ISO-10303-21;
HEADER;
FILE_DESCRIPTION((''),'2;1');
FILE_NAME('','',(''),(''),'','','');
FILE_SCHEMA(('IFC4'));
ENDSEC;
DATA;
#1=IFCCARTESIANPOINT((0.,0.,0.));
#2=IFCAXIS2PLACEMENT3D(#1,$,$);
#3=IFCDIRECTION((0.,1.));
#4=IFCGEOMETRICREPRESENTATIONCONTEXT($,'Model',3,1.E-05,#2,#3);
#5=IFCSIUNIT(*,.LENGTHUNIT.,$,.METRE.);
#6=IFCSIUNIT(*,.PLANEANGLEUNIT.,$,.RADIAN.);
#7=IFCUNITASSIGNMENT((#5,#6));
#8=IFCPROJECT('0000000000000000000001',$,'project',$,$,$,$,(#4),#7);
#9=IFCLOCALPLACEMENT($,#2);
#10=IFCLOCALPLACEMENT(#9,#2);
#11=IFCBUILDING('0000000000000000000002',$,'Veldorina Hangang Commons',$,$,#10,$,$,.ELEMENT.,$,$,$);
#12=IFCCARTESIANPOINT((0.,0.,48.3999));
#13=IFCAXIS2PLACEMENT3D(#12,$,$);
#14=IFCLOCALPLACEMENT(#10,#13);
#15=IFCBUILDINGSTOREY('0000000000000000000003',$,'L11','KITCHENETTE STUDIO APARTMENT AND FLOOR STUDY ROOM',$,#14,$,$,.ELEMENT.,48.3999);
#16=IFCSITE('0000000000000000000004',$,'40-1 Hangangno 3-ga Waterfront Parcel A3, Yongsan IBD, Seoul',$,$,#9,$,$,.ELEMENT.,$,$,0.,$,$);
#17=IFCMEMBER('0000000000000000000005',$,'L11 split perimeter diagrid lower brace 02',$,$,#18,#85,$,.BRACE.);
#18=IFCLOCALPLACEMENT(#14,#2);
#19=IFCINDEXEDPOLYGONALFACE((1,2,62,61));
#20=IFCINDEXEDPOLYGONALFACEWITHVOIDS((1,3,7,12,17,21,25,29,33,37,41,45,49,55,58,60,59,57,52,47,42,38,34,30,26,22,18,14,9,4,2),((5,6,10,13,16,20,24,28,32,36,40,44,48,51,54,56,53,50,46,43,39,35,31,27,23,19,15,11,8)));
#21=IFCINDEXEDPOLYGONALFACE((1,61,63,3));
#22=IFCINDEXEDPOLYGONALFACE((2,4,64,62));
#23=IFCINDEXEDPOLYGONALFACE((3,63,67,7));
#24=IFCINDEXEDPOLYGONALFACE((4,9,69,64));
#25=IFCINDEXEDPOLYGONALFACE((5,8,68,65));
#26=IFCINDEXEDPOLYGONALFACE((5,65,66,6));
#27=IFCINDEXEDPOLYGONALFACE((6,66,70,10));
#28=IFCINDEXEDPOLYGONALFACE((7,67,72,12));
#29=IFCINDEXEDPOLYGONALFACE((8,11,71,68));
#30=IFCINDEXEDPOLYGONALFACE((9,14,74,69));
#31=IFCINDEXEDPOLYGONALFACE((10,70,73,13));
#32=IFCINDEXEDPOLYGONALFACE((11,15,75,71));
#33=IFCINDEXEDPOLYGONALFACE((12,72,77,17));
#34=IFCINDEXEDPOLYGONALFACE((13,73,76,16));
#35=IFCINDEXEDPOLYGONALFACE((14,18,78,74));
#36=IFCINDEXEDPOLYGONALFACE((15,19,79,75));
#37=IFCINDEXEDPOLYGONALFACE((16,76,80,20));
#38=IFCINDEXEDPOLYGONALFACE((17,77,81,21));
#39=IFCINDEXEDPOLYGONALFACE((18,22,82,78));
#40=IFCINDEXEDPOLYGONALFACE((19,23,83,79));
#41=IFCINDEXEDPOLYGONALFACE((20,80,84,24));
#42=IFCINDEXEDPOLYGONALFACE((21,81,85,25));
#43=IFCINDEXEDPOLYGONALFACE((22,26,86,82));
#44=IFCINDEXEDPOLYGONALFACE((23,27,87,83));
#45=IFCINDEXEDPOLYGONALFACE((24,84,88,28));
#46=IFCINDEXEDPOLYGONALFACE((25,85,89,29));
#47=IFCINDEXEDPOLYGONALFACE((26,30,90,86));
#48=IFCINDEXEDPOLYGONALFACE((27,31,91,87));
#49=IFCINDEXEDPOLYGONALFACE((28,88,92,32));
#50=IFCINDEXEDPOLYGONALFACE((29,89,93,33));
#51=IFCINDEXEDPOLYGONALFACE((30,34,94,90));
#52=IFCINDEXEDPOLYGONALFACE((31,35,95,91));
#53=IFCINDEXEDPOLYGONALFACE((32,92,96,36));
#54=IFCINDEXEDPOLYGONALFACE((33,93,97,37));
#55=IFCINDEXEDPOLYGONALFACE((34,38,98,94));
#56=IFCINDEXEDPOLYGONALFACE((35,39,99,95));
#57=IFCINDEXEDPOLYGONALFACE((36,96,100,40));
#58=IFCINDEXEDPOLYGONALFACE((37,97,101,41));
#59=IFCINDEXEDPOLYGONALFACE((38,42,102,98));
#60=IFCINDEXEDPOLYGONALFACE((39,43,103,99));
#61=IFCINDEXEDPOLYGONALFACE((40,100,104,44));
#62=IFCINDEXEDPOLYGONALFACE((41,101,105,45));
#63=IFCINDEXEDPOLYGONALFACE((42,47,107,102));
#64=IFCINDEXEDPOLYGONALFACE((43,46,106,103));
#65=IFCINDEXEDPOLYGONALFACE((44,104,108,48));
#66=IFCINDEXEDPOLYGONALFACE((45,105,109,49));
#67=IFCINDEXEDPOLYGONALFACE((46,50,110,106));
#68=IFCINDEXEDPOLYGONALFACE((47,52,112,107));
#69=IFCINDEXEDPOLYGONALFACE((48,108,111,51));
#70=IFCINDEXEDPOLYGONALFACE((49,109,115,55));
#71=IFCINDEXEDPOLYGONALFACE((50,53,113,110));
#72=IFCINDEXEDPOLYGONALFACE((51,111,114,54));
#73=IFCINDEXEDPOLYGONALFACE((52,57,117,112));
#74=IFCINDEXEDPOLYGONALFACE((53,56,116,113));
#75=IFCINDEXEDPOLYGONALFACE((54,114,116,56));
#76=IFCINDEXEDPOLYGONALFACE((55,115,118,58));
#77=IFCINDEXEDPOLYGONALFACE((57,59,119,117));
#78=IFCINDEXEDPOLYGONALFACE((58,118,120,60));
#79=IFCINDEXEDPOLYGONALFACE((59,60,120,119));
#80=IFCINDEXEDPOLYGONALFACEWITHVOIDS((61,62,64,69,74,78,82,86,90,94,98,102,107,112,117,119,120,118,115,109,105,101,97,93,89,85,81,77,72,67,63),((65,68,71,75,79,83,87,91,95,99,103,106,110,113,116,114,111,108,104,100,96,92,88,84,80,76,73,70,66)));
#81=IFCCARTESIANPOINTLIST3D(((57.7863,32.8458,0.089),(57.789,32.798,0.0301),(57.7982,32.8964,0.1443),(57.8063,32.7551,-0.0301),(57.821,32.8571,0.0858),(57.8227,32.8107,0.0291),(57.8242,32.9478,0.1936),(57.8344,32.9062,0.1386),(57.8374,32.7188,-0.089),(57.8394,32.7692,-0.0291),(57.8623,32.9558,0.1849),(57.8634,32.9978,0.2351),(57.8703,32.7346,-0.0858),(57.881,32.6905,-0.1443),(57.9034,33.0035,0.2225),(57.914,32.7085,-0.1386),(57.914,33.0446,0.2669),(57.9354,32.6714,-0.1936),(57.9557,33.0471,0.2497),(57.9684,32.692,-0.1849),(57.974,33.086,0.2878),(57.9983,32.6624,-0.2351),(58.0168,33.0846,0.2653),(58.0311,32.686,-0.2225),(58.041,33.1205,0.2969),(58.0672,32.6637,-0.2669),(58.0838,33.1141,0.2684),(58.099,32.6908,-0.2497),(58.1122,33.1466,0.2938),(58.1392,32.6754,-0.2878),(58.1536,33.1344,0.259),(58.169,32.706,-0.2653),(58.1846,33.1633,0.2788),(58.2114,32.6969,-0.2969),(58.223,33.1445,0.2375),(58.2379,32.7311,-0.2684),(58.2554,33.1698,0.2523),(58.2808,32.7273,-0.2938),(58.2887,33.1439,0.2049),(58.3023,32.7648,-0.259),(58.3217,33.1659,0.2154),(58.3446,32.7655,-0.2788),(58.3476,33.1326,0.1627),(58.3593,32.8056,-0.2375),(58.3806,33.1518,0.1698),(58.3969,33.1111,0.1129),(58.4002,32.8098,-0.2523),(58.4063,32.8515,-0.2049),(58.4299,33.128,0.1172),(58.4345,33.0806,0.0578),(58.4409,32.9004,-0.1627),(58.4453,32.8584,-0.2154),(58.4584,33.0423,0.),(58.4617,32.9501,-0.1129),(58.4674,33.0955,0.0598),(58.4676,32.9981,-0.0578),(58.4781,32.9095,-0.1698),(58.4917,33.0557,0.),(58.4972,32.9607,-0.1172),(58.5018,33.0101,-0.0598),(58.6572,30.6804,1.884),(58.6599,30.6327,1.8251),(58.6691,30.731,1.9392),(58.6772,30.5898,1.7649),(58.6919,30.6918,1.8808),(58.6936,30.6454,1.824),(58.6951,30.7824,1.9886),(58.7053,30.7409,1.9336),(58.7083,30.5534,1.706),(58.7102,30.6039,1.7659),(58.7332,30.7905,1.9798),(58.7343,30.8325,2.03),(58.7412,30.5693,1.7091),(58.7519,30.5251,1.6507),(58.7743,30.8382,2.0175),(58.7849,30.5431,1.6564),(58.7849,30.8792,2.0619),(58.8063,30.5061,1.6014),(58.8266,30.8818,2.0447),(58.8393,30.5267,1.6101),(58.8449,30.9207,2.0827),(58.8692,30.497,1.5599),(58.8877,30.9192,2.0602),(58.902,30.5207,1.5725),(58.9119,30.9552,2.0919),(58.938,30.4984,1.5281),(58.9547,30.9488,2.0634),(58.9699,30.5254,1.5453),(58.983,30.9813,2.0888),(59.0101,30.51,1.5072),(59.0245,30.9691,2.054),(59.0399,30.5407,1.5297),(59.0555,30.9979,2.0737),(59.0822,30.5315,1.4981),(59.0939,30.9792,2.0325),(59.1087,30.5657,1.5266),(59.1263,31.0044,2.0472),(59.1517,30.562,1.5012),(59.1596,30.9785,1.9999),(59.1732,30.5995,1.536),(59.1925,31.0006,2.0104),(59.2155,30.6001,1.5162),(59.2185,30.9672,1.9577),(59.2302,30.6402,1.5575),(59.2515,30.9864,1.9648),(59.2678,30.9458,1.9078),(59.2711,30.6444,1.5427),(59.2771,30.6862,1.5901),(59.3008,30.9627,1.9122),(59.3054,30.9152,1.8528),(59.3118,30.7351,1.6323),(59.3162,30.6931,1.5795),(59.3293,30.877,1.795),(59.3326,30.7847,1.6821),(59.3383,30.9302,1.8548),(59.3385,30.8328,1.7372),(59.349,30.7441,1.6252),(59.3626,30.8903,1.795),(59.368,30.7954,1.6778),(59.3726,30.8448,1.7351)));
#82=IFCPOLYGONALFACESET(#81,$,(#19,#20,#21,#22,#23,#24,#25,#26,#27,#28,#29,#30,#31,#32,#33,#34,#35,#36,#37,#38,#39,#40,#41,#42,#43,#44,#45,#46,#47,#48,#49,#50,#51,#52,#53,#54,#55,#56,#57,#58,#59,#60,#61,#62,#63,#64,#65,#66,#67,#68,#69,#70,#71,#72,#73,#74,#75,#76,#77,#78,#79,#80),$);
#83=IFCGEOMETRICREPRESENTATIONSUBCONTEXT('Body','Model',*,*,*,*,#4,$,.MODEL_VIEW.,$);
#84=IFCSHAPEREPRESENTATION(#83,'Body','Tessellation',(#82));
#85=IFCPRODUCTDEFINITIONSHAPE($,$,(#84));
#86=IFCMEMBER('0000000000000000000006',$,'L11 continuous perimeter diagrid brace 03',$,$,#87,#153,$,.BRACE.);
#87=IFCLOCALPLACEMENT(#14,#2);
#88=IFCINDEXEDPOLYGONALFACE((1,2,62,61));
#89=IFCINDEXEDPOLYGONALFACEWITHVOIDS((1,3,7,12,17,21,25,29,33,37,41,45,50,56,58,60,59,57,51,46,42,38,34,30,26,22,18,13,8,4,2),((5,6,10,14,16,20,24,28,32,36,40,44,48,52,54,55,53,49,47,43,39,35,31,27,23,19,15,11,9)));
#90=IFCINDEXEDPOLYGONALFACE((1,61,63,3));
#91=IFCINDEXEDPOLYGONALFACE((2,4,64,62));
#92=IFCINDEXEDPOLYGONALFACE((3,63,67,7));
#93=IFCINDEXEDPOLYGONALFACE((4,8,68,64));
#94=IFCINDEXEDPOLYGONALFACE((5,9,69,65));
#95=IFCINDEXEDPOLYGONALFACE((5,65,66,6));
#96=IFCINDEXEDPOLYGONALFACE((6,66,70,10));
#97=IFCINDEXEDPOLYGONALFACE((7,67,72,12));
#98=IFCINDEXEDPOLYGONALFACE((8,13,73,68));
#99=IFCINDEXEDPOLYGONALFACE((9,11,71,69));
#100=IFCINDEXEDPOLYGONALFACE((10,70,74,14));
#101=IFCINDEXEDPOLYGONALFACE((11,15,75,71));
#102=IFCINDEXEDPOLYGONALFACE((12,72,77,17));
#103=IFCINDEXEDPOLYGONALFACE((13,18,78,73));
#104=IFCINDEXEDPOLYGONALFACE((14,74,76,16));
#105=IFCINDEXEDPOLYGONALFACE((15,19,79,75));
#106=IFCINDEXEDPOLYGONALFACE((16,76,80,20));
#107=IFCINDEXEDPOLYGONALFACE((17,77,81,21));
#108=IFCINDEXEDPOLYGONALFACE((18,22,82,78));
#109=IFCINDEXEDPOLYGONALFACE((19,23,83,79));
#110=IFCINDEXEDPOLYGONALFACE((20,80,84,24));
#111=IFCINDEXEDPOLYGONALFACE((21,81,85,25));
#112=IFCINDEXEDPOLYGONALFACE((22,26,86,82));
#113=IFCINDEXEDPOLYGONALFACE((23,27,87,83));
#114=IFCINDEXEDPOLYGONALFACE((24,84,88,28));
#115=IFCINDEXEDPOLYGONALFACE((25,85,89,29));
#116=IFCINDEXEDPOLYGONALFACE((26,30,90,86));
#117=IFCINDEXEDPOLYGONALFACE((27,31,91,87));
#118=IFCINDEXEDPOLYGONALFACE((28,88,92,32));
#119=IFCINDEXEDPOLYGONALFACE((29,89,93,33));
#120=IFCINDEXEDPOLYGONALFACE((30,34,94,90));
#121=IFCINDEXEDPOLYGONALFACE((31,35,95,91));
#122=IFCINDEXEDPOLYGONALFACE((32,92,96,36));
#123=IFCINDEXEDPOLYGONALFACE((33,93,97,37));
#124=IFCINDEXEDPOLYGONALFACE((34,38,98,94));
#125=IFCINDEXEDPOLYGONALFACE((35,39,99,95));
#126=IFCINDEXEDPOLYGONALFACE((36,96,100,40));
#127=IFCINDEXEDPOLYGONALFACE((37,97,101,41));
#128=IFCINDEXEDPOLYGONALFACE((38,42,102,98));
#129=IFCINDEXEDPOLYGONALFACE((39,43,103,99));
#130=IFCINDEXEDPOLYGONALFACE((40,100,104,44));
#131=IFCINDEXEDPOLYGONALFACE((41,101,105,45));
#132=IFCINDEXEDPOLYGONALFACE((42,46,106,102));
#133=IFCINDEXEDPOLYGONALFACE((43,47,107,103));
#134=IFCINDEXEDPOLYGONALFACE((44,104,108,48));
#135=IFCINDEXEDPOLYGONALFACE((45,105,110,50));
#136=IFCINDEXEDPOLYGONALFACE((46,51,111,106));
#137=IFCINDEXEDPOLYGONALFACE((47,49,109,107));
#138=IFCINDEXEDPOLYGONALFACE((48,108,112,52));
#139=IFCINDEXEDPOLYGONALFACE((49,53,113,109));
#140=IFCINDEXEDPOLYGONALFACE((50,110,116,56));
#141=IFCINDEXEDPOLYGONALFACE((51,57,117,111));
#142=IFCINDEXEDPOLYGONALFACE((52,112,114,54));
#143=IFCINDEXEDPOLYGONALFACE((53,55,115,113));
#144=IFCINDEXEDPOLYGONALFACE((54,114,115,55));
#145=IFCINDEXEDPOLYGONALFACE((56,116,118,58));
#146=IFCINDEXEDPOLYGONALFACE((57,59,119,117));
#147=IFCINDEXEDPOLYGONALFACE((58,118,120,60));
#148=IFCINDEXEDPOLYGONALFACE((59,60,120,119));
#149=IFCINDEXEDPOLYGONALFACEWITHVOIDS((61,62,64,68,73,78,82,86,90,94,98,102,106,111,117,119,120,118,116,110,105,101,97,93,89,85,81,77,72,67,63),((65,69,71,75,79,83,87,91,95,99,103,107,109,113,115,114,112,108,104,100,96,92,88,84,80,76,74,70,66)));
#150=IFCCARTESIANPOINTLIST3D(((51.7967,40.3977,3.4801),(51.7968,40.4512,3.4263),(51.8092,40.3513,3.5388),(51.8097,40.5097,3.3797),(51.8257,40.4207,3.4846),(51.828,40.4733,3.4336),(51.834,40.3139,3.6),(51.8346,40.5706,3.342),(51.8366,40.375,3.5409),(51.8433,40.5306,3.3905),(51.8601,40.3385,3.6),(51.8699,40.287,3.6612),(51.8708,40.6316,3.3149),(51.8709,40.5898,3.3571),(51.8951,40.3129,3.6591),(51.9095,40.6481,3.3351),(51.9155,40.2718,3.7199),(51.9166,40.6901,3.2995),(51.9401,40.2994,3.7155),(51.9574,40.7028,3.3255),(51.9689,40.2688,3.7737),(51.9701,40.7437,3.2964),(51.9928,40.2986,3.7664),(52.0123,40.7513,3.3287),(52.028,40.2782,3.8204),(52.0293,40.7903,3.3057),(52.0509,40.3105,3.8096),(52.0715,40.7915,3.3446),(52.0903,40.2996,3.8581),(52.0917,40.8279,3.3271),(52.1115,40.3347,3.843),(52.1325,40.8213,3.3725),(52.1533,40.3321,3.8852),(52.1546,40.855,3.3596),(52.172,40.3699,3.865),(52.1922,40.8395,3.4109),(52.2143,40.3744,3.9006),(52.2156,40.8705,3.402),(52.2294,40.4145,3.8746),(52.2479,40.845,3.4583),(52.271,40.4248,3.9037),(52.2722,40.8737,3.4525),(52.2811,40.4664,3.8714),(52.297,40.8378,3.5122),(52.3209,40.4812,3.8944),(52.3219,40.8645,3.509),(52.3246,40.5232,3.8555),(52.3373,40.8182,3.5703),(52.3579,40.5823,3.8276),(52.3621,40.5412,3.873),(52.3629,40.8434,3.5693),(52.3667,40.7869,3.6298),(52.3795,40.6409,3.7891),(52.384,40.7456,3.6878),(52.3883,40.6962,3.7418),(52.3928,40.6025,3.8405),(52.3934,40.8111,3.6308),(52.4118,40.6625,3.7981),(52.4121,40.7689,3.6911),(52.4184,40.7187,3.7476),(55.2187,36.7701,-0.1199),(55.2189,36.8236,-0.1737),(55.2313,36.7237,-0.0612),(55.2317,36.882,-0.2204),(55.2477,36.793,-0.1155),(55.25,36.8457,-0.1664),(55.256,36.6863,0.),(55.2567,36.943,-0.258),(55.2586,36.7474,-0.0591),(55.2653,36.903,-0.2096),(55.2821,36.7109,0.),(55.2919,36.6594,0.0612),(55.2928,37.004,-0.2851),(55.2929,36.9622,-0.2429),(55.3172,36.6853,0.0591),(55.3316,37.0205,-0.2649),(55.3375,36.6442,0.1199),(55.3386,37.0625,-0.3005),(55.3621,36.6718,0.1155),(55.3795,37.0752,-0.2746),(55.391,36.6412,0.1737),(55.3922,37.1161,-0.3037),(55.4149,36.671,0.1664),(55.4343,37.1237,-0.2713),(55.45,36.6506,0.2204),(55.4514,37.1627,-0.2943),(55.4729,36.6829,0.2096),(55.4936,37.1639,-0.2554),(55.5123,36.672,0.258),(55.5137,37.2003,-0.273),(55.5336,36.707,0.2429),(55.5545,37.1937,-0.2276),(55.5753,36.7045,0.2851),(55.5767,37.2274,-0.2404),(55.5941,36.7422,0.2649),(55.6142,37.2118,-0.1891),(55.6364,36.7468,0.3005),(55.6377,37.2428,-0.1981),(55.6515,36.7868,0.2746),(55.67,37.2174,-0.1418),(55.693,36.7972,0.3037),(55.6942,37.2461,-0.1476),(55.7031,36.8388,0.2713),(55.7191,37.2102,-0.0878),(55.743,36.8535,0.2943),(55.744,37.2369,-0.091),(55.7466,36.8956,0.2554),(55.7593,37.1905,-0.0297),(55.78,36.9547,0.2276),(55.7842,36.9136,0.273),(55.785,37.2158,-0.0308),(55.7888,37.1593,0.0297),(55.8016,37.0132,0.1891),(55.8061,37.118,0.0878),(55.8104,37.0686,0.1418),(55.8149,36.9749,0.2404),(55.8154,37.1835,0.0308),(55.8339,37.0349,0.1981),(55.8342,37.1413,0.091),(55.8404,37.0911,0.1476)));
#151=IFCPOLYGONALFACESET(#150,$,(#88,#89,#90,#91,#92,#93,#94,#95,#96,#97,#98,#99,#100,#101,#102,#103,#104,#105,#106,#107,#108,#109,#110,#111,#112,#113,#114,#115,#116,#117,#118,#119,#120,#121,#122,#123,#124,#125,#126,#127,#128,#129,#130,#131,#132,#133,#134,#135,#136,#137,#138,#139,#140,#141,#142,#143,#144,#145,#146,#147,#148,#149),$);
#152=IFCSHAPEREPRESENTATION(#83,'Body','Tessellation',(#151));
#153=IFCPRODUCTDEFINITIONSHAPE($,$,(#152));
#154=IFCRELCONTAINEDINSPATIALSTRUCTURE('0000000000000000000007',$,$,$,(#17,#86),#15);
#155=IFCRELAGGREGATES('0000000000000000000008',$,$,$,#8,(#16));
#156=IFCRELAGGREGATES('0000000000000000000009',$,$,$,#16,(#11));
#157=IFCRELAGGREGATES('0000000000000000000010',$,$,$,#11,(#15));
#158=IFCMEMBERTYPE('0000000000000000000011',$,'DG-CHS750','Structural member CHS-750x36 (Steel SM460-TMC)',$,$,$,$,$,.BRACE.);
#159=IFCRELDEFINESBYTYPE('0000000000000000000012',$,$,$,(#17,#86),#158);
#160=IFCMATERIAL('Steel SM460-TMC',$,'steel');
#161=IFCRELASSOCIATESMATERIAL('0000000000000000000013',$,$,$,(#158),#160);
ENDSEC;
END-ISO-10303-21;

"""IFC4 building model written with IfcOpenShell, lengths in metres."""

from ifc_helpers import new_model, si_unit, direction, frame, origin, origin_2d, place, context, subcontext, project, spatial, hollow_circle, extrude, material, material_profile, profile_set, type_object, element, save


model = new_model("IFC4")

# Units and contexts
model_context = context("Model", 3, precision=1e-05, world=origin(), true_north=direction((0.0, 1.0)))
body_context = subcontext(model_context, "Body", "Model", "MODEL_VIEW")
ifc_project = project(units=[si_unit("LENGTHUNIT", "METRE"), si_unit("PLANEANGLEUNIT", "RADIAN")], contexts=[model_context])

# Site, building, storey
site_placement = place(None, origin())
site = spatial("IfcSite", under=ifc_project, at=site_placement, Name="40-1 Hangangno 3-ga Waterfront Parcel A3, Yongsan IBD, Seoul", CompositionType="ELEMENT", RefElevation=0.0)
building_placement = place(site_placement, origin())
building = spatial("IfcBuilding", under=site, at=building_placement, Name="Veldorina Hangang Commons", CompositionType="ELEMENT")
storey_placement = place(building_placement, frame((0.0, 0.0, 48.3999)))
storey = spatial("IfcBuildingStorey", under=building, at=storey_placement, Name="L11", Description="KITCHENETTE STUDIO APARTMENT AND FLOOR STUDY ROOM", CompositionType="ELEMENT", Elevation=48.3999)

# Shared definitions
ifc_material_1 = material(Name="Steel SM460-TMC", Category="steel")

# Members
ifc_material_profile_1 = material_profile(ifc_material_1, hollow_circle(Radius=0.375, WallThickness=0.0359, at=origin_2d()), Name="CHS-750x36")
ifc_profile_set_1 = profile_set([ifc_material_profile_1], Name="Steel SM460-TMC")
member_type = type_object("IfcMemberType", Name="DG-CHS750", Description="Structural member CHS-750x36 (Steel SM460-TMC)", PredefinedType="BRACE", material=ifc_profile_set_1)
member_1_placement = place(storey_placement, frame((58.1438, 32.9158, 0.0), z_axis=(0.29578, -0.735429, 0.609638), x_axis=(0.927775, 0.37314, 0.0)))
element("IfcMember", 1, at=member_1_placement, inside=storey, type_object=member_type, Name="L11 split perimeter diagrid lower brace 02", PredefinedType="BRACE", context=body_context, shape_type="SweptSolid", body=[
    extrude(hollow_circle(Radius=0.375, WallThickness=0.0359, at=origin_2d()), origin(), (0.0, 0.0, 1.0), 2.9443),
])
member_2_placement = place(storey_placement, frame((55.5288, 36.9436, 0.0), z_axis=(-0.556374, 0.589796, 0.585311), x_axis=(-0.727416, -0.686196, 0.0)))
element("IfcMember", 2, at=member_2_placement, inside=storey, type_object=member_type, Name="L11 continuous perimeter diagrid brace 03", PredefinedType="BRACE", context=body_context, shape_type="SweptSolid", body=[
    extrude(hollow_circle(Radius=0.375, WallThickness=0.0359, at=origin_2d()), origin(), (0.0, 0.0, 1.0), 6.1506),
])

save(model, "model.ifc")
